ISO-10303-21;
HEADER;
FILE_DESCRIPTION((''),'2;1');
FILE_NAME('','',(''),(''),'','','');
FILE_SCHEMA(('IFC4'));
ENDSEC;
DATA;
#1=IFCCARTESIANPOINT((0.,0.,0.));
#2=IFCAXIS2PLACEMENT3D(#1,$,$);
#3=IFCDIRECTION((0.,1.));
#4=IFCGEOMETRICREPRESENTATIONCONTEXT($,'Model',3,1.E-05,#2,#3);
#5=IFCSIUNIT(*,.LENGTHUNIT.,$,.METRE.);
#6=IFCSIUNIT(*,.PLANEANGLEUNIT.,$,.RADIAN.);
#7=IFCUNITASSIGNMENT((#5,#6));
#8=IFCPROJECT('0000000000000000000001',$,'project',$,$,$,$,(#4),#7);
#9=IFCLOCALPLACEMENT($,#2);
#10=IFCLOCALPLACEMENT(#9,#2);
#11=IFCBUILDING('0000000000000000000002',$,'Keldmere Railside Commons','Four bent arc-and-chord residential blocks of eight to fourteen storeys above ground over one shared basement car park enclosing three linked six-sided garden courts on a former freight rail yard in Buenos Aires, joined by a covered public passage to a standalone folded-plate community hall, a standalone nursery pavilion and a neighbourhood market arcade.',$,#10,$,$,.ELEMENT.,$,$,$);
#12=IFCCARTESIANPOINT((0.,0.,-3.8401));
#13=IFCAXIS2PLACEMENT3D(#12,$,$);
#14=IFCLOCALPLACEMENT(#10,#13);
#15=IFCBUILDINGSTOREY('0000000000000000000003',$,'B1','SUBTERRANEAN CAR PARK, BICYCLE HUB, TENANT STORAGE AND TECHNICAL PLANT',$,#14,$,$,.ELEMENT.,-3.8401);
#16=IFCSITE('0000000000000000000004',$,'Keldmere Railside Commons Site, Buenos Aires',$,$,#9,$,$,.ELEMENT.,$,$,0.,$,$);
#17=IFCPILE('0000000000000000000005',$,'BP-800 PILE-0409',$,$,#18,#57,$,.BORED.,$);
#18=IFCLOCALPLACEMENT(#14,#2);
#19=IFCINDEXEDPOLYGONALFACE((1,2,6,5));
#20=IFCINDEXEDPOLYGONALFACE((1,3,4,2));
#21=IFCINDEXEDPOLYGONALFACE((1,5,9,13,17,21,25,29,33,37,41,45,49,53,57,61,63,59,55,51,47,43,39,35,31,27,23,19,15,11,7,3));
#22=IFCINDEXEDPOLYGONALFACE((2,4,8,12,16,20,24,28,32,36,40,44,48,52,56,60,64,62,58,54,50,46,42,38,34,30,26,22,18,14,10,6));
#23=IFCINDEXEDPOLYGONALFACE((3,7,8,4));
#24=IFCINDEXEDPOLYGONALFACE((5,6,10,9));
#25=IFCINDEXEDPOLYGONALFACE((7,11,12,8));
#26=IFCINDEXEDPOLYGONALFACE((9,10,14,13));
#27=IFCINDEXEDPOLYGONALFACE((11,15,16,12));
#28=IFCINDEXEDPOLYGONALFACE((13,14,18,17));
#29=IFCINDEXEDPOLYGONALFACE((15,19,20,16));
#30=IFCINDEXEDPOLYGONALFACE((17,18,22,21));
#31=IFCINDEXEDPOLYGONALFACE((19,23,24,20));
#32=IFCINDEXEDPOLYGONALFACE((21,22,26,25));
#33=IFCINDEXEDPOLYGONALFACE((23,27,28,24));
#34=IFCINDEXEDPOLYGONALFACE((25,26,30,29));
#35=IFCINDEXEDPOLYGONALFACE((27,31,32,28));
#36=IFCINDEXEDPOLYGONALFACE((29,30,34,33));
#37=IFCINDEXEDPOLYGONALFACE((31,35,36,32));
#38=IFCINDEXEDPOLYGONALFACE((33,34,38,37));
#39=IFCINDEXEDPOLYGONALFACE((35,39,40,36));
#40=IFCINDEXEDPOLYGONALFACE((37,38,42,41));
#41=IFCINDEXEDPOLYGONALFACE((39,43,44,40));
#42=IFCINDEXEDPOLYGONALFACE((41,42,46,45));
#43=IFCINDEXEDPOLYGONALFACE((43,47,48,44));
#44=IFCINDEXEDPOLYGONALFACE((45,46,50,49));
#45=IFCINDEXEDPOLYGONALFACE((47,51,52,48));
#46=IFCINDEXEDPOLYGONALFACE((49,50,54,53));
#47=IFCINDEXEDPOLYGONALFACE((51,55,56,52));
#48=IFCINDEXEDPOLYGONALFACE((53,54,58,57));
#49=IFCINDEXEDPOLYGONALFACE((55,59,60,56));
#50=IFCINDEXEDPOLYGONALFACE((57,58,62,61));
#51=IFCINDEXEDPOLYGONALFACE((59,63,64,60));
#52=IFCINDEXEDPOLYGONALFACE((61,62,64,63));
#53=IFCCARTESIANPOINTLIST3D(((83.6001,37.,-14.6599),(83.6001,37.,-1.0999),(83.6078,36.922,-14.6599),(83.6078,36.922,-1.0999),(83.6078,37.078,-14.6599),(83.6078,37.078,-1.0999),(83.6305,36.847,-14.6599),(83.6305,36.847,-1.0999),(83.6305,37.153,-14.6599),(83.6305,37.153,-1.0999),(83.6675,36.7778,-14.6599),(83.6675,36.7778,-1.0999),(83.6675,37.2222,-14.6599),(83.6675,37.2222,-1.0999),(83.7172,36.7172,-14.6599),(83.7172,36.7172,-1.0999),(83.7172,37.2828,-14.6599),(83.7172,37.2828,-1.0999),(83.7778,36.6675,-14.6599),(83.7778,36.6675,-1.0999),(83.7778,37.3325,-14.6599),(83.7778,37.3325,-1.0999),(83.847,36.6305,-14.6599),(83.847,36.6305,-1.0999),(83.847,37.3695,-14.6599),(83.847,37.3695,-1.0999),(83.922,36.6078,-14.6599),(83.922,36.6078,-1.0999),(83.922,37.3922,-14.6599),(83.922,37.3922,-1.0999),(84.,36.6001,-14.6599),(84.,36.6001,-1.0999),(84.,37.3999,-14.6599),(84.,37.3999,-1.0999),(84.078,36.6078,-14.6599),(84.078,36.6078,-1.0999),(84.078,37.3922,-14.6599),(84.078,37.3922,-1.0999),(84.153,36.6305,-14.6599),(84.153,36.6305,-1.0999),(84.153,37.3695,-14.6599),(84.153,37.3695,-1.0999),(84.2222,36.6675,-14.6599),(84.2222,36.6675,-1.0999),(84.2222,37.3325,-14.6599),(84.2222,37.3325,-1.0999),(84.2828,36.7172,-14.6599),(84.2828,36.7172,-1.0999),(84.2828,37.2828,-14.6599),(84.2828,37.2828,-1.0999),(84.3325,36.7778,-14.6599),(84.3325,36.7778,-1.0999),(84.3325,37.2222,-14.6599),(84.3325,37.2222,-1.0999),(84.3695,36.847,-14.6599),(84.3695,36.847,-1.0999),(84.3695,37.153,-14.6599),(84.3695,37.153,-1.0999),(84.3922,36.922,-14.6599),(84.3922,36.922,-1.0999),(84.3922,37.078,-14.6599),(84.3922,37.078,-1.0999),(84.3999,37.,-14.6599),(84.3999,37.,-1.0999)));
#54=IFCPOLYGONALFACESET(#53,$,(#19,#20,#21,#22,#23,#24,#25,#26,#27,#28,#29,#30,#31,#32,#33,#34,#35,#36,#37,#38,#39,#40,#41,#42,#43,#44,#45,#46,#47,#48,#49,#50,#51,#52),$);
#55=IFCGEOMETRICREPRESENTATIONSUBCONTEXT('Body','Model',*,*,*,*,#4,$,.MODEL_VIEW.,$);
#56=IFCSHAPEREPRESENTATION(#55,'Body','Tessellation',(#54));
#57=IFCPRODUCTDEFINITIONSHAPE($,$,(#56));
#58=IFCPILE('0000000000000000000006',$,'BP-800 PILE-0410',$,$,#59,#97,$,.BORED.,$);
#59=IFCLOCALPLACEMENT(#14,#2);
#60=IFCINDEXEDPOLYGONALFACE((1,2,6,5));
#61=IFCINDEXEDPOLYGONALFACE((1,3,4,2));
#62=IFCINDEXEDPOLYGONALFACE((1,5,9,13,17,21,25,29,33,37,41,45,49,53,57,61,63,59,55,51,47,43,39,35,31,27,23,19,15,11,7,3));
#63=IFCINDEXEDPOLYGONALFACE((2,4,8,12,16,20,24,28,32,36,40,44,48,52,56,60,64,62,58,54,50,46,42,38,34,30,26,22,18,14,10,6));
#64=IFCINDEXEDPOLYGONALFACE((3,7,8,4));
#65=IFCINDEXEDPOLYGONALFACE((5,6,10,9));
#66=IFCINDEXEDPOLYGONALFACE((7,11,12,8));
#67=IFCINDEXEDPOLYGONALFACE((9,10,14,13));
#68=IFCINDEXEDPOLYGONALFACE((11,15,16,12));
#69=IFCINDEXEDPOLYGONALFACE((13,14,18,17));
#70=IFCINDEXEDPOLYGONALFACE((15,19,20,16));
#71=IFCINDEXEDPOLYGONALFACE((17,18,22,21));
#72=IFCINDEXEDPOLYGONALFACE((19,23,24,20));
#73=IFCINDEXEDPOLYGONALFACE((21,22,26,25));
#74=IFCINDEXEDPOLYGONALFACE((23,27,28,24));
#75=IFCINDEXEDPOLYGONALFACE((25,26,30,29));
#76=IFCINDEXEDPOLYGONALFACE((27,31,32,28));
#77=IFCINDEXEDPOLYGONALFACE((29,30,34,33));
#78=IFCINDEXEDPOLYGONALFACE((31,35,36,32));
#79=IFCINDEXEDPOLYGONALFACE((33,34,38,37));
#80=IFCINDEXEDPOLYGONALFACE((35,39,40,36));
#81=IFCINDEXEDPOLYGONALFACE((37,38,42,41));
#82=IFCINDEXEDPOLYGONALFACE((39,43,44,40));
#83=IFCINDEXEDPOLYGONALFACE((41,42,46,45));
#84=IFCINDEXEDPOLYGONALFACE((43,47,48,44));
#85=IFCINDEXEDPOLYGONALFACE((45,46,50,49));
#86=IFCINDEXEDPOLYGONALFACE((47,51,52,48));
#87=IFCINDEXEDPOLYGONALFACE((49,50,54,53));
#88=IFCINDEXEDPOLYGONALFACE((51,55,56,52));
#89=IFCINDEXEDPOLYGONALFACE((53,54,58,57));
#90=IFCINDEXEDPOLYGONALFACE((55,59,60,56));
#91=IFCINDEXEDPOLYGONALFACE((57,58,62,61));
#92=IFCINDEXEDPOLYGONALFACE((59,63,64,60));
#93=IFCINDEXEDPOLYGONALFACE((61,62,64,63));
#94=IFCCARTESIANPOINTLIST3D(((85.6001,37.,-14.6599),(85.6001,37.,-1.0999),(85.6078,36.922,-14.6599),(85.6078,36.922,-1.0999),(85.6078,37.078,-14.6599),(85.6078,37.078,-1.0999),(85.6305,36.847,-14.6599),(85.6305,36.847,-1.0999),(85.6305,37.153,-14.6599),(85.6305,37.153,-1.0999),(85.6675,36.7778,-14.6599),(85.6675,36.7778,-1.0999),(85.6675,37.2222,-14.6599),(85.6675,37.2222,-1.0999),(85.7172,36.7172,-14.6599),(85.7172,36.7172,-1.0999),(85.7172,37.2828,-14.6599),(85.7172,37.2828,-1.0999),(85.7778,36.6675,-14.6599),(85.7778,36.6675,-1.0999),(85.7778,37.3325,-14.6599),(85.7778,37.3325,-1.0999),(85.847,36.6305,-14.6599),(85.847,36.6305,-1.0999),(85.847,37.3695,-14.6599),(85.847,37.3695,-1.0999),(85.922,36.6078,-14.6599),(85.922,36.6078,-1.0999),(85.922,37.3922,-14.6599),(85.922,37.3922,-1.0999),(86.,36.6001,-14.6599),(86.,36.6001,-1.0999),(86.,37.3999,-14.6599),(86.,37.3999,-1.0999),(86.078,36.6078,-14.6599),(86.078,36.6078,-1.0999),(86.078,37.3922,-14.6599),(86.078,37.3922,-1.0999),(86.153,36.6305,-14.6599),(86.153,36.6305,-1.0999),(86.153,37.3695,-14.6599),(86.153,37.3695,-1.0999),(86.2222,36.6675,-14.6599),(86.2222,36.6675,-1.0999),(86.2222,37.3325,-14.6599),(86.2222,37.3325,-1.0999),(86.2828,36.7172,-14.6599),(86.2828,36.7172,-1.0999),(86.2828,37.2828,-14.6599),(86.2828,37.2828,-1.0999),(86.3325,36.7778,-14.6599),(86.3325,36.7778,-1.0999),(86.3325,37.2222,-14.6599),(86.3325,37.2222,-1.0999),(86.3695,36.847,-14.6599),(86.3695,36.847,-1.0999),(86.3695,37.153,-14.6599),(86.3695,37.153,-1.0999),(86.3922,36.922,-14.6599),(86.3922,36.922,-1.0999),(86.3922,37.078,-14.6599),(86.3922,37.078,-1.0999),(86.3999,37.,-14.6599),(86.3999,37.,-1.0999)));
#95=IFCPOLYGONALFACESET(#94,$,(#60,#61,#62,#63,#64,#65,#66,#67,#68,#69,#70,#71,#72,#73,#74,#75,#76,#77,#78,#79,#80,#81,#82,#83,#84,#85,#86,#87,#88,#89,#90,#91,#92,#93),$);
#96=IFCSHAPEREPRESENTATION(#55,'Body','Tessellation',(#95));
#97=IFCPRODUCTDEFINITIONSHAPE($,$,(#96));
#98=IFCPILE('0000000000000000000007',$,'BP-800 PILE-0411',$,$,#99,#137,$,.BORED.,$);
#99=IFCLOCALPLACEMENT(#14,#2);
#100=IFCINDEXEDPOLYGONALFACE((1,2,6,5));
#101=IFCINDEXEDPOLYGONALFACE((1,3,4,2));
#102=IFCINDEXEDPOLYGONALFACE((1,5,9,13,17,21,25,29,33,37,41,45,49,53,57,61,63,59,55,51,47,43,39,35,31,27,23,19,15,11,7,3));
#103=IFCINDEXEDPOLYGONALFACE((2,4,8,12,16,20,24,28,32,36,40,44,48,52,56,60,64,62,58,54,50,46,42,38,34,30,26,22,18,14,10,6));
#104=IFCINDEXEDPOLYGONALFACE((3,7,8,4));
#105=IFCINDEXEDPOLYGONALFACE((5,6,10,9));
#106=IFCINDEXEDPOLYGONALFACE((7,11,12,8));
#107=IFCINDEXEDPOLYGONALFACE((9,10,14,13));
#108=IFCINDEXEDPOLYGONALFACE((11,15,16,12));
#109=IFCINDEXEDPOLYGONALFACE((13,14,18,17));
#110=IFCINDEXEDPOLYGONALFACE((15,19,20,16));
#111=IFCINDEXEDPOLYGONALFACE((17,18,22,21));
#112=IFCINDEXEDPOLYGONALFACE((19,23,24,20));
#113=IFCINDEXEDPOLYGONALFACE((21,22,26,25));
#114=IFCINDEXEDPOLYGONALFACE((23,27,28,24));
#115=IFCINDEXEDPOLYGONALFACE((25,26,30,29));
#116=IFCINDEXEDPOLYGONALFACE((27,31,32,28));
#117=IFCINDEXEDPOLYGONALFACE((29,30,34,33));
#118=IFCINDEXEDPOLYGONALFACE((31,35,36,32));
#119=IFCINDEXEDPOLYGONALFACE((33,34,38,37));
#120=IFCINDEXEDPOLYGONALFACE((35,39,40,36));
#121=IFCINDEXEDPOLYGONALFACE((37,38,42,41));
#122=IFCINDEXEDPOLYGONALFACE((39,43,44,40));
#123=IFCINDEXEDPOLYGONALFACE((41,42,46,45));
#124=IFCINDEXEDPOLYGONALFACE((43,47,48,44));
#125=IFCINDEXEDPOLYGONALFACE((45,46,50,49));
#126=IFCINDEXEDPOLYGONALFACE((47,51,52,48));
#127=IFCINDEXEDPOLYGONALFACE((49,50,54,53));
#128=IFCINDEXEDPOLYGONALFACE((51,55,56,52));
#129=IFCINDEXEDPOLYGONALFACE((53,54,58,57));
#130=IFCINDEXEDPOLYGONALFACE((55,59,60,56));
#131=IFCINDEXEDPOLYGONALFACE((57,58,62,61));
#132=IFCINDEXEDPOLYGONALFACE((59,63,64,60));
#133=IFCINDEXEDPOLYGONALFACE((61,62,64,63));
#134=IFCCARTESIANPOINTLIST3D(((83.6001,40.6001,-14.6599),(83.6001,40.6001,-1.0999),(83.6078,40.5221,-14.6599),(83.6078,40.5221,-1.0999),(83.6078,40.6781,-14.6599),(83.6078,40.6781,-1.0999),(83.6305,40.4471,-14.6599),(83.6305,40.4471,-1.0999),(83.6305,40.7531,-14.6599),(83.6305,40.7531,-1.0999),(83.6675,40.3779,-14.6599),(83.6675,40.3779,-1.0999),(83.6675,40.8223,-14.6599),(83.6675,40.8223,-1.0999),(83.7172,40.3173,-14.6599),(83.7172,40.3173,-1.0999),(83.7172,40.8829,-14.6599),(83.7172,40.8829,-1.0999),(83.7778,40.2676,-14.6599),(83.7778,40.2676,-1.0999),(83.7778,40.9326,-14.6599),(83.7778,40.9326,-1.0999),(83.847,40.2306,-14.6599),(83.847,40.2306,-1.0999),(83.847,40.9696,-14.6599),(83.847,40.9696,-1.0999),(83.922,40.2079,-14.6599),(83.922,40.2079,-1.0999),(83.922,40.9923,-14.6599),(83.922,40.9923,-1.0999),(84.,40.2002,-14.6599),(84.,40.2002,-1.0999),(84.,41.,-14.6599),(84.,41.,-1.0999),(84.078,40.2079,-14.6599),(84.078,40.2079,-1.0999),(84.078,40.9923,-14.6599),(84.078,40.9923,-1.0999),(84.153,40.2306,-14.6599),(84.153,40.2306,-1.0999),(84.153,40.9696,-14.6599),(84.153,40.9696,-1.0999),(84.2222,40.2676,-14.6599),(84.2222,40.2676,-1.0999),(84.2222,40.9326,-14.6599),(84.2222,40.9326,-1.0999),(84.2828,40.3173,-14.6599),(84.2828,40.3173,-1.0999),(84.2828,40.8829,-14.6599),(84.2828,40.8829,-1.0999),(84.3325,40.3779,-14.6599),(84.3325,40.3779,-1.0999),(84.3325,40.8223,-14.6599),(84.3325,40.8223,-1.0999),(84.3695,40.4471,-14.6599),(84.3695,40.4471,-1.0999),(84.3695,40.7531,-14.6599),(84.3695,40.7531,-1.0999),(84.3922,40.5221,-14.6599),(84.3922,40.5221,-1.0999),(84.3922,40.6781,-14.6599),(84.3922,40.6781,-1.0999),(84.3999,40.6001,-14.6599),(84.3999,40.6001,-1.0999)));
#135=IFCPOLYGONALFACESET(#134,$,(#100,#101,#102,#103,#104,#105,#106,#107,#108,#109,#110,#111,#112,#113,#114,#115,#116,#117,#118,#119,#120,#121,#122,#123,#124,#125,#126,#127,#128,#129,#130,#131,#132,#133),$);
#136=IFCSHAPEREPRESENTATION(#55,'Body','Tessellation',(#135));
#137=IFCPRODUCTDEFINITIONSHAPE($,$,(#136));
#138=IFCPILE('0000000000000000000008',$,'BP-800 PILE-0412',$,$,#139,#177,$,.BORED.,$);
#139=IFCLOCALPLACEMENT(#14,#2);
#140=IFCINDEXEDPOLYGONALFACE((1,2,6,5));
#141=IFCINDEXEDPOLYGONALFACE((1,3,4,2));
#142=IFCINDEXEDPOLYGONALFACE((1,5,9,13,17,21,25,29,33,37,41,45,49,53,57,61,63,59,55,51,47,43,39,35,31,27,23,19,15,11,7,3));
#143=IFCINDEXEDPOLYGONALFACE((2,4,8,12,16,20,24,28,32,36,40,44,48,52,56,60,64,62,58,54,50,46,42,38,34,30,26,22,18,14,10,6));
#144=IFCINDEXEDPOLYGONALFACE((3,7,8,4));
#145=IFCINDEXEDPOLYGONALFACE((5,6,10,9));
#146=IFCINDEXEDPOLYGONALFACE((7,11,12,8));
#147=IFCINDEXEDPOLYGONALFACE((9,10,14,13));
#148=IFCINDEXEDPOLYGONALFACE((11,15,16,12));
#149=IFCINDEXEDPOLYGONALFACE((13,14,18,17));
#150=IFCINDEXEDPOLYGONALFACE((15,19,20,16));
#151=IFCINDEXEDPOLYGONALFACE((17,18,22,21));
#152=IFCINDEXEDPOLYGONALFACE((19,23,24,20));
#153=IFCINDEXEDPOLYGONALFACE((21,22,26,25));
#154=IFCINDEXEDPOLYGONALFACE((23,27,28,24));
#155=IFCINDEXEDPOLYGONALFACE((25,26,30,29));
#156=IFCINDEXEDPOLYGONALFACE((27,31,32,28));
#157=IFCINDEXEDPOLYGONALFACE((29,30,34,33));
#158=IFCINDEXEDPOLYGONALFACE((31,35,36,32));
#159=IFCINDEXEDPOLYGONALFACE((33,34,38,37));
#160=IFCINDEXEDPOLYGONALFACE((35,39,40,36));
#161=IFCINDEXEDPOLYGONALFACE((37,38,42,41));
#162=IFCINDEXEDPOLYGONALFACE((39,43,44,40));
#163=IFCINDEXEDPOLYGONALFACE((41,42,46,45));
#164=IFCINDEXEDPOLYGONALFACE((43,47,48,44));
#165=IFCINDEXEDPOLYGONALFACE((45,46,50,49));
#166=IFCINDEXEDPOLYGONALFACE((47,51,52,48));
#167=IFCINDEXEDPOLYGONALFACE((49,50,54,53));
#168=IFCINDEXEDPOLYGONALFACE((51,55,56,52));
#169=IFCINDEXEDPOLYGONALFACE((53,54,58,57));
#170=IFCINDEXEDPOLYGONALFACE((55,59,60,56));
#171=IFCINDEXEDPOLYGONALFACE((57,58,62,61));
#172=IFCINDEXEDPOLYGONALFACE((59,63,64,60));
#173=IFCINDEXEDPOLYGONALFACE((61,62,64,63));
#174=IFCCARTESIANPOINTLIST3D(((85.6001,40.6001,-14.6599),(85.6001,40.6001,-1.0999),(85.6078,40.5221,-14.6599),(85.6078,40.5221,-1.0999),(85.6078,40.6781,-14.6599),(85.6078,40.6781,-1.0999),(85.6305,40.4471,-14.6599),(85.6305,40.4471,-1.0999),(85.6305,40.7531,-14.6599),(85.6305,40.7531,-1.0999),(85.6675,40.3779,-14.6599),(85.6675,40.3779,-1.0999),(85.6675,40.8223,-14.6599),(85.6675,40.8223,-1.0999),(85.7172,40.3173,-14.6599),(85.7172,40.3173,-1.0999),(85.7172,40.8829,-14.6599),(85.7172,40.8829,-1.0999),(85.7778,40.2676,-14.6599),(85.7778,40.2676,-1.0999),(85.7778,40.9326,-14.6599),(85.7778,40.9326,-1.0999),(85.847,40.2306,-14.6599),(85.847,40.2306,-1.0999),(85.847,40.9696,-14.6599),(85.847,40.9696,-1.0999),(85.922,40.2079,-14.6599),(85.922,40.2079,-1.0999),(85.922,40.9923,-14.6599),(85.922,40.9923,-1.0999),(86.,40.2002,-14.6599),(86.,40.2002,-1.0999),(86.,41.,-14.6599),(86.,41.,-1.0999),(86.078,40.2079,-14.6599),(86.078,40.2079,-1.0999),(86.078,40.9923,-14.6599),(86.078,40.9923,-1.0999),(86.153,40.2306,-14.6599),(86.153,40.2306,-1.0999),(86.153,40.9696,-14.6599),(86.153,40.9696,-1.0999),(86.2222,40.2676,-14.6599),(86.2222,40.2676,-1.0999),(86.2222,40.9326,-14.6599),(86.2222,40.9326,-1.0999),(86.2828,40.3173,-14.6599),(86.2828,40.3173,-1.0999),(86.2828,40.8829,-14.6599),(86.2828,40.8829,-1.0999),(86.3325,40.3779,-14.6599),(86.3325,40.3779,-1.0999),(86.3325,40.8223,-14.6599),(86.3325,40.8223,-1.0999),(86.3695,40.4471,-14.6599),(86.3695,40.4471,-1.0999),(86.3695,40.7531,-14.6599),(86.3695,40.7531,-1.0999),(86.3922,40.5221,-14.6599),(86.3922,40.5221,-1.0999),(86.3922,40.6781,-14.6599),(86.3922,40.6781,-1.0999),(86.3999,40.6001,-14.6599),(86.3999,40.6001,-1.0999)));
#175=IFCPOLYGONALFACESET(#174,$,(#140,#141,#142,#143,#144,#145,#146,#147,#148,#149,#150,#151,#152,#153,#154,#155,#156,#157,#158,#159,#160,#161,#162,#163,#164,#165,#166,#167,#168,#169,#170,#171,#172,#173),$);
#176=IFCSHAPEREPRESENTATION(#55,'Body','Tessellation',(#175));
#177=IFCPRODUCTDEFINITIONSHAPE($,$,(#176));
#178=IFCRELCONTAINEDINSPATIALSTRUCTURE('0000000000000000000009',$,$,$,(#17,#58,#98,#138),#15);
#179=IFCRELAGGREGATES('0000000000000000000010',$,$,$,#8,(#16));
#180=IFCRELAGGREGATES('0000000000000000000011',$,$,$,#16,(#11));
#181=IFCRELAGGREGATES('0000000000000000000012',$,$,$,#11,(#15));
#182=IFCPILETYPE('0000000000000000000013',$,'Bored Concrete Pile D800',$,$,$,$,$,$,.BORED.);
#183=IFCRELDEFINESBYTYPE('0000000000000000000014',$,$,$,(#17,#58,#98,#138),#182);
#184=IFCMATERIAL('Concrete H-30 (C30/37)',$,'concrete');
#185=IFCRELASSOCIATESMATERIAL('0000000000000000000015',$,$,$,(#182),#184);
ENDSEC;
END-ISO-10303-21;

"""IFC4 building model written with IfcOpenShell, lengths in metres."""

from ifc_helpers import new_model, si_unit, direction, frame, origin, origin_2d, place, context, subcontext, project, spatial, circle, extrude, material, material_profile, profile_set, type_object, element, save


model = new_model("IFC4")

# Units and contexts
model_context = context("Model", 3, precision=1e-05, world=origin(), true_north=direction((0.0, 1.0)))
body_context = subcontext(model_context, "Body", "Model", "MODEL_VIEW")
ifc_project = project(units=[si_unit("LENGTHUNIT", "METRE"), si_unit("PLANEANGLEUNIT", "RADIAN")], contexts=[model_context])

# Site, building, storey
site_placement = place(None, origin())
site = spatial("IfcSite", under=ifc_project, at=site_placement, Name="Keldmere Railside Commons Site, Buenos Aires", CompositionType="ELEMENT", RefElevation=0.0)
building_placement = place(site_placement, origin())
building = spatial("IfcBuilding", under=site, at=building_placement, Name="Keldmere Railside Commons", Description="Four bent arc-and-chord residential blocks of eight to fourteen storeys above ground over one shared basement car park enclosing three linked six-sided garden courts on a former freight rail yard in Buenos Aires, joined by a covered public passage to a standalone folded-plate community hall, a standalone nursery pavilion and a neighbourhood market arcade.", CompositionType="ELEMENT")
storey_placement = place(building_placement, frame((0.0, 0.0, -3.8401)))
storey = spatial("IfcBuildingStorey", under=building, at=storey_placement, Name="B1", Description="SUBTERRANEAN CAR PARK, BICYCLE HUB, TENANT STORAGE AND TECHNICAL PLANT", CompositionType="ELEMENT", Elevation=-3.8401)

# Piles
ifc_material_1 = material(Name="Concrete H-30 (C30/37)", Category="concrete")
ifc_material_profile_1 = material_profile(ifc_material_1, circle(Radius=0.3999, at=origin_2d()), Name="PILE-D800")
ifc_profile_set_1 = profile_set([ifc_material_profile_1], Name="Concrete H-30 (C30/37)")
pile_type_1 = type_object("IfcPileType", Name="Bored Concrete Pile D800", PredefinedType="BORED", material=ifc_profile_set_1)
for number, where, z_axis, x_axis, name in (
    (1, (84.0, 37.0, -1.0999), (0.0, 0.0, -1.0), (1.0, 0.0, 0.0), "BP-800 PILE-0409"),
    (2, (86.0, 37.0, -1.0999), (0.0, 0.0, -1.0), (1.0, 0.0, 0.0), "BP-800 PILE-0410"),
    (3, (84.0, 40.6001, -1.0999), (0.0, 0.0, -1.0), (1.0, 0.0, 0.0), "BP-800 PILE-0411"),
    (4, (86.0, 40.6001, -1.0999), (0.0, 0.0, -1.0), (1.0, 0.0, 0.0), "BP-800 PILE-0412"),
):
    element("IfcPile", number, at=place(storey_placement, frame(where, z_axis=z_axis, x_axis=x_axis)), inside=storey, type_object=pile_type_1, Name=name, PredefinedType="BORED", context=body_context, shape_type="SweptSolid", body=[
        extrude(circle(Radius=0.3999, at=origin_2d()), origin(), (0.0, 0.0, 1.0), 13.5601),
    ])

save(model, "model.ifc")
